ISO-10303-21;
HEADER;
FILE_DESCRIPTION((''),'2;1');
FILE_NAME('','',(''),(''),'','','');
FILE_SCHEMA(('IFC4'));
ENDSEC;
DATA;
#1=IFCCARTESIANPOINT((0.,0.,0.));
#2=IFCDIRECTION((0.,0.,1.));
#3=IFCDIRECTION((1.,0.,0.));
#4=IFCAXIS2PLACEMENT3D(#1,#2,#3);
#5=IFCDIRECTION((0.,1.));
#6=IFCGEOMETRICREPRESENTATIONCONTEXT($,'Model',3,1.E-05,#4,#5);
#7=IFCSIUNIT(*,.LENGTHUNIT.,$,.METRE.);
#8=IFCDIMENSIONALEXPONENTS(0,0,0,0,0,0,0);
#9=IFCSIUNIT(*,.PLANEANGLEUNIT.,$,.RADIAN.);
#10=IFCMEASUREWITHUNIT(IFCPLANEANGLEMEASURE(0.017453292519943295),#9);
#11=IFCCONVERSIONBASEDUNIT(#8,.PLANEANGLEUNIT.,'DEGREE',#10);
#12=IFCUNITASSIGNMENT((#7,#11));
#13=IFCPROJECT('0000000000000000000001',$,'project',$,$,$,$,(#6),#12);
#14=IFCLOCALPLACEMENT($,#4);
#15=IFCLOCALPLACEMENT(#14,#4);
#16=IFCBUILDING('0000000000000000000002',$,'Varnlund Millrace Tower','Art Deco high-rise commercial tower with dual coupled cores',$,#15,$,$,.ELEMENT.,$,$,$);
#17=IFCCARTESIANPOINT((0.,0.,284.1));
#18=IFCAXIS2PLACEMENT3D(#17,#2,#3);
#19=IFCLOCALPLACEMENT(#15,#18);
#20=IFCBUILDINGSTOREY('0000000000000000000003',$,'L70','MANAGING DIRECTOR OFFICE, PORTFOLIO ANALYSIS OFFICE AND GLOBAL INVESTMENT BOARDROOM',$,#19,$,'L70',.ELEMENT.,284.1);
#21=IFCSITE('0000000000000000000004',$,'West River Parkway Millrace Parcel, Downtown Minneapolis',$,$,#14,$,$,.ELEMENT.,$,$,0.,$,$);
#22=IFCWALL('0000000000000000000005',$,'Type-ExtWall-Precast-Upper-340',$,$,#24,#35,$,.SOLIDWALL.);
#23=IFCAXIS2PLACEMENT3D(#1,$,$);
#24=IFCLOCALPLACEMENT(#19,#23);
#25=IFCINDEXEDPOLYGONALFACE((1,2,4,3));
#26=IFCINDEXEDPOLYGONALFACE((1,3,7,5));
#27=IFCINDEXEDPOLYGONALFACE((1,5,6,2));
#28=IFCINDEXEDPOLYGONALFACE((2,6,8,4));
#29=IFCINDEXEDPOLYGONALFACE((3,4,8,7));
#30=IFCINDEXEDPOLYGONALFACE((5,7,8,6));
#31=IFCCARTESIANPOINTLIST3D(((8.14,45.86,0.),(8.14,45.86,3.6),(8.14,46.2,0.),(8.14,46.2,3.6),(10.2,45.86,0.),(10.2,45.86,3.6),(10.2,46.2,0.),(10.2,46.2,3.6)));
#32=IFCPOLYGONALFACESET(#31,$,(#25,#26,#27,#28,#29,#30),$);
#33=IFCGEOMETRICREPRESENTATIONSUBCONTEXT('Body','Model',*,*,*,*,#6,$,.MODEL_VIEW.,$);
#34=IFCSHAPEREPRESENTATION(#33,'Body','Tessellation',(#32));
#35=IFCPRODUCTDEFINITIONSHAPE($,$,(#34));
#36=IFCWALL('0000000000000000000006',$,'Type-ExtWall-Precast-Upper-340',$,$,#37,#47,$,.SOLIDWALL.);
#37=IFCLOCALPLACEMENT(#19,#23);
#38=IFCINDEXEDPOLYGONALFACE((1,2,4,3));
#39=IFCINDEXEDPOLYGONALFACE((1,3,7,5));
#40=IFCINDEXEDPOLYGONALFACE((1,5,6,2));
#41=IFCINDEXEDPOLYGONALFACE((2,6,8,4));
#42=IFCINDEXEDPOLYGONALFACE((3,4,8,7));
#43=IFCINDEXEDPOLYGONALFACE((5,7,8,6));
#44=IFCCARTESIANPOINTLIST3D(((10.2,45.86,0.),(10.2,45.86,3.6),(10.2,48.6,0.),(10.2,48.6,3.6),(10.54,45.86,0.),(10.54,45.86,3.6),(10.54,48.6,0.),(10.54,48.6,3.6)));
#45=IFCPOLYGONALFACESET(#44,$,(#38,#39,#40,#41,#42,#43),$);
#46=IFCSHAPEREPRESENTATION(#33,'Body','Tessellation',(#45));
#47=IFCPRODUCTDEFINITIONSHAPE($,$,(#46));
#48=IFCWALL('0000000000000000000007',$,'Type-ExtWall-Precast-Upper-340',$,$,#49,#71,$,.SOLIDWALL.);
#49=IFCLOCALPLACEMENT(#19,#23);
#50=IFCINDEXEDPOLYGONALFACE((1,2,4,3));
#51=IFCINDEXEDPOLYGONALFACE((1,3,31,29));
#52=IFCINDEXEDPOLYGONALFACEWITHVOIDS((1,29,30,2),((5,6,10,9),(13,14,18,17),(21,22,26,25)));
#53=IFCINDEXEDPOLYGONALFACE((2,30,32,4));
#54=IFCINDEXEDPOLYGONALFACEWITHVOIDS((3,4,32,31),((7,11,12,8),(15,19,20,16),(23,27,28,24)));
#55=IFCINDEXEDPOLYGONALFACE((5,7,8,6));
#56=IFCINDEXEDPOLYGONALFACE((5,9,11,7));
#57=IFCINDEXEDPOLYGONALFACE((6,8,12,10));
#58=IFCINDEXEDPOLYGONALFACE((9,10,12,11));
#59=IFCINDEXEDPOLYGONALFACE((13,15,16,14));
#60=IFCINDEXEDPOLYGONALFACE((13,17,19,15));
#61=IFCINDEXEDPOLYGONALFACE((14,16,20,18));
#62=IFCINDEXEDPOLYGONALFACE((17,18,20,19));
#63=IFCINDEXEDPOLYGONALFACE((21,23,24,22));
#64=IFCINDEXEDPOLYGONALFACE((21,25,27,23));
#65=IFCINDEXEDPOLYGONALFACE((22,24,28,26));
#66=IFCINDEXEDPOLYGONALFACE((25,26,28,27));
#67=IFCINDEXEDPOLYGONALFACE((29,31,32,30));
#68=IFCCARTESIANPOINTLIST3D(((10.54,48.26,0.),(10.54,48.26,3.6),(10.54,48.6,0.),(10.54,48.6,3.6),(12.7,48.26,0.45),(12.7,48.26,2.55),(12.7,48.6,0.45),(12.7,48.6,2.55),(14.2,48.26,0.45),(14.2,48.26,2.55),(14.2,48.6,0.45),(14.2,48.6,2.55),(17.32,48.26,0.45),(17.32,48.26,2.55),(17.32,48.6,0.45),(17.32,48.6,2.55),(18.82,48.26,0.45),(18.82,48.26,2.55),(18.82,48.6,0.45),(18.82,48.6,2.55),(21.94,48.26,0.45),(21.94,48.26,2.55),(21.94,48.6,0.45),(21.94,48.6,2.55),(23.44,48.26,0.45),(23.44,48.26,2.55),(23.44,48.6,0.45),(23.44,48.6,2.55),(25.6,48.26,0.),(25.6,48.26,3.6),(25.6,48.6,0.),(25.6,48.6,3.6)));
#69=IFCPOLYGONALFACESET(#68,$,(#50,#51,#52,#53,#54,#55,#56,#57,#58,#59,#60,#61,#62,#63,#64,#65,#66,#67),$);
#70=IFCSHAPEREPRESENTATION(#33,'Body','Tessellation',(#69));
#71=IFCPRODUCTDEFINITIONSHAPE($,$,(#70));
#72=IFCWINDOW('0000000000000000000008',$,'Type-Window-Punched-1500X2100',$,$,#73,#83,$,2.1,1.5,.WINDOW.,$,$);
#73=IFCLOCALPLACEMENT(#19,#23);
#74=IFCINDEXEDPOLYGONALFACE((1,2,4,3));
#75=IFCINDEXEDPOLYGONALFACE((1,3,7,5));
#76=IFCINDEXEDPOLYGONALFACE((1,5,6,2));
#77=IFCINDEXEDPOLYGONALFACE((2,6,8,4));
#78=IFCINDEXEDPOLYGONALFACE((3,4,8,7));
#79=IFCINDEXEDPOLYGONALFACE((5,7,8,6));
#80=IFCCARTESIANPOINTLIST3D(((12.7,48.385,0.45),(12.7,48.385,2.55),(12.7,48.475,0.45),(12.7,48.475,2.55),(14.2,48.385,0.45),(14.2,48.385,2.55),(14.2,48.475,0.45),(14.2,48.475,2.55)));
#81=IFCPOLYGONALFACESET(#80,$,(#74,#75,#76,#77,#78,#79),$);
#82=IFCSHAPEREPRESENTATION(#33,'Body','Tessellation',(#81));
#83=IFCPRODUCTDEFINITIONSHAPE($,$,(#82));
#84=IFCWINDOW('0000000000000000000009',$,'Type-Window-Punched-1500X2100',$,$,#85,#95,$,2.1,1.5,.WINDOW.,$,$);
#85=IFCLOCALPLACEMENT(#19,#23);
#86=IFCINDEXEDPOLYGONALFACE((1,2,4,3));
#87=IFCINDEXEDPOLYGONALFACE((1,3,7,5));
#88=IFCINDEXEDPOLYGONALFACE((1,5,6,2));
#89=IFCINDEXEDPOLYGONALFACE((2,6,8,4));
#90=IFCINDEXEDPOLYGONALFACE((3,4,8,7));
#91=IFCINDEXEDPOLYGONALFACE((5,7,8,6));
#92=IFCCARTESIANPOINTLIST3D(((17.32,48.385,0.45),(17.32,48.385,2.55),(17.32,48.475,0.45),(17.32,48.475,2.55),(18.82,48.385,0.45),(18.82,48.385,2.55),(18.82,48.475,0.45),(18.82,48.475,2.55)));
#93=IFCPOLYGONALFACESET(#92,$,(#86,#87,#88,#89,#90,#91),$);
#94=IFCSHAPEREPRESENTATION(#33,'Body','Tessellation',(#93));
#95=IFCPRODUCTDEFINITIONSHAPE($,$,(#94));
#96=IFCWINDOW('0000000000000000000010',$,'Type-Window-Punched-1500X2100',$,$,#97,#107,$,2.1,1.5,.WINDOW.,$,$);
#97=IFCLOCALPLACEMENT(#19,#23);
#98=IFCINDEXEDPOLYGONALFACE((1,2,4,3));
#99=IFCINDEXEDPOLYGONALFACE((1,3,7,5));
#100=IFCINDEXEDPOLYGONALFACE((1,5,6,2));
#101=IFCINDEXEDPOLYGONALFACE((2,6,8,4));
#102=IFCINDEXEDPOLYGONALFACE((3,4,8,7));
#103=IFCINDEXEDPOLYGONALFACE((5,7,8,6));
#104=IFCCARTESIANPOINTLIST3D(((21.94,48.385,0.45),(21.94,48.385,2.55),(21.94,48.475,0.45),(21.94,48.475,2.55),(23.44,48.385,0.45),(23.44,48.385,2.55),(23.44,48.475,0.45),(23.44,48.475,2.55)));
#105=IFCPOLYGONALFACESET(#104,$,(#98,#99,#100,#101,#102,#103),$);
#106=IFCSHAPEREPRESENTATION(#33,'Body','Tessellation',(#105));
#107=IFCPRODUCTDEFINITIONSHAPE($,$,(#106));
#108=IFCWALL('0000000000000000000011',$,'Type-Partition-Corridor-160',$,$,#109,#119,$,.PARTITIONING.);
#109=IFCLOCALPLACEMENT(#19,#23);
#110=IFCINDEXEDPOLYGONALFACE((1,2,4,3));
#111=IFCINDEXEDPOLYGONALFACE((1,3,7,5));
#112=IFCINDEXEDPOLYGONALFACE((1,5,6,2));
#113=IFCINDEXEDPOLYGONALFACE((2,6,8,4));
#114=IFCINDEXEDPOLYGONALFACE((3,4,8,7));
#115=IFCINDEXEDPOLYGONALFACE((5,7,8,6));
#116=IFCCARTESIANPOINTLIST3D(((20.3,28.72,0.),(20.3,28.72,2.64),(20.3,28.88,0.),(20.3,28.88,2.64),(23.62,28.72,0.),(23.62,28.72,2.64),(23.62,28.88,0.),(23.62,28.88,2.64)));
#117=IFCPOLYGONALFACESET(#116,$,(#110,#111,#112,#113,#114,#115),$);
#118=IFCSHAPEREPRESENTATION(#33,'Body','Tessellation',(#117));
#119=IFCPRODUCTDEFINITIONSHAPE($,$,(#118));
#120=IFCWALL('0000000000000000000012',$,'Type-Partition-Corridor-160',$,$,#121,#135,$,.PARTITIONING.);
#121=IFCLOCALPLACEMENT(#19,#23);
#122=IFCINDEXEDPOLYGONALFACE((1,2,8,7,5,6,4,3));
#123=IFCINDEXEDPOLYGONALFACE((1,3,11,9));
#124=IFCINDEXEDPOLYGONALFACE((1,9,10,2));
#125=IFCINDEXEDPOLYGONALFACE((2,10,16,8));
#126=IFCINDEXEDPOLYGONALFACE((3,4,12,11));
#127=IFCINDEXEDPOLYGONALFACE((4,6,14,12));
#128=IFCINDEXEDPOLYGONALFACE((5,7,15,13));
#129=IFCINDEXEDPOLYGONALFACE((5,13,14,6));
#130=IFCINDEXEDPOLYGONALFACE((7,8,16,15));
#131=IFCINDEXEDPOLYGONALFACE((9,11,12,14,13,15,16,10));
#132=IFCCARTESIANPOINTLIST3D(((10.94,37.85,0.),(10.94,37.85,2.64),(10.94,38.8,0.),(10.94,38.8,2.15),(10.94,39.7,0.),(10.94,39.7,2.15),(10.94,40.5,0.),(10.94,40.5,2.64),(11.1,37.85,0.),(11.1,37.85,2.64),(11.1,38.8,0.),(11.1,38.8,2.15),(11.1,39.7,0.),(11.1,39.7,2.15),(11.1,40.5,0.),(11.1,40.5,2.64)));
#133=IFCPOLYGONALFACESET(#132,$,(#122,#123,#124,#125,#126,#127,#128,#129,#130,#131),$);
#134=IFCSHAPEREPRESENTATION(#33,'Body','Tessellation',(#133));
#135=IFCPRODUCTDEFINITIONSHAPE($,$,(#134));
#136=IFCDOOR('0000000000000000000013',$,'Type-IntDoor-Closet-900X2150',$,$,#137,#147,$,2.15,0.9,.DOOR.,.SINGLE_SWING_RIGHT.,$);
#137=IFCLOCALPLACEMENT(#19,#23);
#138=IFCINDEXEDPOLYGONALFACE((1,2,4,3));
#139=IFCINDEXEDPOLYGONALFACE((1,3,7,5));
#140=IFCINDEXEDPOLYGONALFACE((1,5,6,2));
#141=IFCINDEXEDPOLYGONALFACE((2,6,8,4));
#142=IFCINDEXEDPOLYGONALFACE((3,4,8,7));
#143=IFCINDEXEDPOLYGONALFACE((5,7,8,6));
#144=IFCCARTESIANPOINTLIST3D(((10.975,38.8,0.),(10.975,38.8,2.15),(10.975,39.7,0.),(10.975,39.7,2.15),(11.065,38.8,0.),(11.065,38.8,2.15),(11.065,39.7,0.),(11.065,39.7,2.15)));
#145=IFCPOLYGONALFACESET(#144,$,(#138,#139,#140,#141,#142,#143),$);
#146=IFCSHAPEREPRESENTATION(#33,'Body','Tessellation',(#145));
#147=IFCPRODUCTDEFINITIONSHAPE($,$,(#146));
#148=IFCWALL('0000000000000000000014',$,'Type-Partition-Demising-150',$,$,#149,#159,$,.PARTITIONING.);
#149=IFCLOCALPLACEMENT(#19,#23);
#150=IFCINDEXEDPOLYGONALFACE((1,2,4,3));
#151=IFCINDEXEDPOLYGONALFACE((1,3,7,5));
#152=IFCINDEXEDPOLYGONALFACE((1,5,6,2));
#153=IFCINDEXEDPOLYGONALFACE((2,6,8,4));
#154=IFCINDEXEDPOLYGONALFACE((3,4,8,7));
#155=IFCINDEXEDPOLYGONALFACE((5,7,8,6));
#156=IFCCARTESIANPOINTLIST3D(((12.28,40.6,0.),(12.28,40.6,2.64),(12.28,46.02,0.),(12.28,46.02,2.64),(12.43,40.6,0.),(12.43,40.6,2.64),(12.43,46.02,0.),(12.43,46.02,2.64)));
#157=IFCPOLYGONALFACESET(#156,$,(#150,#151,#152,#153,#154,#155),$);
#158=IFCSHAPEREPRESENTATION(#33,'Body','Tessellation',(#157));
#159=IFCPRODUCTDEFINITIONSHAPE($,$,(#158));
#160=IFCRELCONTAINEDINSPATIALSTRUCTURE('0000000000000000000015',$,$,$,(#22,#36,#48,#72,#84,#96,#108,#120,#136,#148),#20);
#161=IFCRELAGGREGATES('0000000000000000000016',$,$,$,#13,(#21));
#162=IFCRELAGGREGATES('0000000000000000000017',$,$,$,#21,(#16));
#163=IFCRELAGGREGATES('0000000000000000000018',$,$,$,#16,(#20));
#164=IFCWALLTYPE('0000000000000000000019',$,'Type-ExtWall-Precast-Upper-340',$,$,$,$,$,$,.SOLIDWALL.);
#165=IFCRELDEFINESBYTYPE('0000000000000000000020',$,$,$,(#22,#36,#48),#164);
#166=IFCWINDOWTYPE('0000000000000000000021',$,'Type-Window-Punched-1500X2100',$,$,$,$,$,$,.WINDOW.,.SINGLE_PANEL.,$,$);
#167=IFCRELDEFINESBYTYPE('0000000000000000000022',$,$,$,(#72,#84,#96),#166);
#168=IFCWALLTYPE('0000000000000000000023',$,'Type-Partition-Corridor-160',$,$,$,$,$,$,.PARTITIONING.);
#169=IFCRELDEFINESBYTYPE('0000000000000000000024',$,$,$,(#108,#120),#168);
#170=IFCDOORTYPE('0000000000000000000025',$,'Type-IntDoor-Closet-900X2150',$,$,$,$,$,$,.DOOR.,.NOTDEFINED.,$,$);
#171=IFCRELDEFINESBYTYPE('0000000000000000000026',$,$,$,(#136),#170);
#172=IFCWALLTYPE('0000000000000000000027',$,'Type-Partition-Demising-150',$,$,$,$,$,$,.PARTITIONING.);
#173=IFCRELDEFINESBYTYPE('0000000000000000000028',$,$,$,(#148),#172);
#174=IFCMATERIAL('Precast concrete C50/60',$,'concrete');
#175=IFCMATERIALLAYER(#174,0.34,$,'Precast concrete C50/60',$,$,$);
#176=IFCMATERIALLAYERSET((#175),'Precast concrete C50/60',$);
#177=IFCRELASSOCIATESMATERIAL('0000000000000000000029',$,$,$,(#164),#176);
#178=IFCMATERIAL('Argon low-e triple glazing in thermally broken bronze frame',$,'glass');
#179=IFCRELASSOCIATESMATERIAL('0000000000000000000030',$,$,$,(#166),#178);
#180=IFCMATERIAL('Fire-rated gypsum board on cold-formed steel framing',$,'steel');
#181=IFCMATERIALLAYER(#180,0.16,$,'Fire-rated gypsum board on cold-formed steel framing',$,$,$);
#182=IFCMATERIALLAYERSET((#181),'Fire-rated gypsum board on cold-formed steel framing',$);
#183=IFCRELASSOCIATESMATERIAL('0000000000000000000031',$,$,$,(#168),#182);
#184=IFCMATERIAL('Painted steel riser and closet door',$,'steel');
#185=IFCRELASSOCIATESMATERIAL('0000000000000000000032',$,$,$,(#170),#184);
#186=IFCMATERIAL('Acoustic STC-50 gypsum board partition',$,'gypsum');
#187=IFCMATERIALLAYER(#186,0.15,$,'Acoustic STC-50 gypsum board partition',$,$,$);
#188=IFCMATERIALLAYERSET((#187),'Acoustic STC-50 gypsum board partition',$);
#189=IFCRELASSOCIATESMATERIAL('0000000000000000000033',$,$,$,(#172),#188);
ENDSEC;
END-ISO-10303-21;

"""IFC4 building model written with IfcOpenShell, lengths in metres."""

from ifc_helpers import new_model, entity, si_unit, converted_unit, direction, frame, origin_with_axes, origin_2d_with_axis, place, context, subcontext, project, spatial, polyline, rectangle, outline, extrude, material, layer, layer_set, type_object, element, fill, save


model = new_model("IFC4")

# Units and contexts
model_context = context("Model", 3, precision=1e-05, world=origin_with_axes(), true_north=direction((0.0, 1.0)))
body_context = subcontext(model_context, "Body", "Model", "MODEL_VIEW")
ifc_project = project(units=[si_unit("LENGTHUNIT", "METRE"), converted_unit("PLANEANGLEUNIT", "DEGREE", entity("IfcPlaneAngleMeasure", 0.017453292519943295), si_unit("PLANEANGLEUNIT", "RADIAN"), dimensions=[0, 0, 0, 0, 0, 0, 0])], contexts=[model_context])

# Site, building, storey
site_placement = place(None, origin_with_axes())
site = spatial("IfcSite", under=ifc_project, at=site_placement, Name="West River Parkway Millrace Parcel, Downtown Minneapolis", CompositionType="ELEMENT", RefElevation=0.0)
building_placement = place(site_placement, origin_with_axes())
building = spatial("IfcBuilding", under=site, at=building_placement, Name="Varnlund Millrace Tower", Description="Art Deco high-rise commercial tower with dual coupled cores", CompositionType="ELEMENT")
storey_placement = place(building_placement, frame((0.0, 0.0, 284.1), z_axis=(0.0, 0.0, 1.0), x_axis=(1.0, 0.0, 0.0)))
storey = spatial("IfcBuildingStorey", under=building, at=storey_placement, Name="L70", Description="MANAGING DIRECTOR OFFICE, PORTFOLIO ANALYSIS OFFICE AND GLOBAL INVESTMENT BOARDROOM", LongName="L70", CompositionType="ELEMENT", Elevation=284.1)

# Walls
ifc_material_1 = material(Name="Precast concrete C50/60", Category="concrete")
ifc_layer_1 = layer(ifc_material_1, 0.34, Name="Precast concrete C50/60")
ifc_layer_set_1 = layer_set([ifc_layer_1], Name="Precast concrete C50/60")
wall_type_1 = type_object("IfcWallType", Name="Type-ExtWall-Precast-Upper-340", PredefinedType="SOLIDWALL", material=ifc_layer_set_1)
wall_1_placement = place(storey_placement, frame((8.14, 46.03, 0.0), z_axis=(0.0, 0.0, 1.0), x_axis=(1.0, 0.0, 0.0)))
element("IfcWall", 1, at=wall_1_placement, inside=storey, type_object=wall_type_1, Name="Type-ExtWall-Precast-Upper-340", PredefinedType="SOLIDWALL", context=body_context, shape_type="SweptSolid", body=[
    extrude(outline(polyline([(0.0, -0.17), (2.06, -0.17), (2.06, 0.17), (0.0, 0.17), (0.0, -0.17)])), origin_with_axes(), (0.0, 0.0, 1.0), 3.6),
])
wall_2_placement = place(storey_placement, frame((10.37, 45.86, 0.0), z_axis=(0.0, 0.0, 1.0), x_axis=(0.0, 1.0, 0.0)))
element("IfcWall", 2, at=wall_2_placement, inside=storey, type_object=wall_type_1, Name="Type-ExtWall-Precast-Upper-340", PredefinedType="SOLIDWALL", context=body_context, shape_type="SweptSolid", body=[
    extrude(outline(polyline([(0.0, -0.17), (2.74, -0.17), (2.74, 0.17), (0.0, 0.17), (0.0, -0.17)])), origin_with_axes(), (0.0, 0.0, 1.0), 3.6),
])

# Wall, openings, windows
wall_3_placement = place(storey_placement, frame((10.54, 48.43, 0.0), z_axis=(0.0, 0.0, 1.0), x_axis=(1.0, 0.0, 0.0)))
wall_3 = element("IfcWall", 3, at=wall_3_placement, inside=storey, type_object=wall_type_1, Name="Type-ExtWall-Precast-Upper-340", PredefinedType="SOLIDWALL", context=body_context, shape_type="SweptSolid", body=[
    extrude(outline(polyline([(0.0, -0.17), (15.06, -0.17), (15.06, 0.17), (0.0, 0.17), (0.0, -0.17)])), origin_with_axes(), (0.0, 0.0, 1.0), 3.6),
])
opening_1_placement = place(wall_3_placement, frame((2.91, 0.0, 0.45), z_axis=(0.0, 0.0, 1.0), x_axis=(1.0, 0.0, 0.0)))
opening_1 = element("IfcOpeningElement", 4, at=opening_1_placement, cuts=wall_3, PredefinedType="OPENING", context=body_context, shape_type="SweptSolid", body=[
    extrude(rectangle(XDim=1.5, YDim=0.36, at=origin_2d_with_axis()), origin_with_axes(), (0.0, 0.0, 1.0), 2.1),
])
opening_2_placement = place(wall_3_placement, frame((7.53, 0.0, 0.45), z_axis=(0.0, 0.0, 1.0), x_axis=(1.0, 0.0, 0.0)))
opening_2 = element("IfcOpeningElement", 5, at=opening_2_placement, cuts=wall_3, PredefinedType="OPENING", context=body_context, shape_type="SweptSolid", body=[
    extrude(rectangle(XDim=1.5, YDim=0.36, at=origin_2d_with_axis()), origin_with_axes(), (0.0, 0.0, 1.0), 2.1),
])
opening_3_placement = place(wall_3_placement, frame((12.15, 0.0, 0.45), z_axis=(0.0, 0.0, 1.0), x_axis=(1.0, 0.0, 0.0)))
opening_3 = element("IfcOpeningElement", 6, at=opening_3_placement, cuts=wall_3, PredefinedType="OPENING", context=body_context, shape_type="SweptSolid", body=[
    extrude(rectangle(XDim=1.5, YDim=0.36, at=origin_2d_with_axis()), origin_with_axes(), (0.0, 0.0, 1.0), 2.1),
])
ifc_material_2 = material(Name="Argon low-e triple glazing in thermally broken bronze frame", Category="glass")
window_type = type_object("IfcWindowType", Name="Type-Window-Punched-1500X2100", PartitioningType="SINGLE_PANEL", PredefinedType="WINDOW", material=ifc_material_2)
window_1_placement = place(wall_3_placement, frame((2.91, 0.0, 0.45), z_axis=(0.0, 0.0, 1.0), x_axis=(1.0, 0.0, 0.0)))
window_1 = element("IfcWindow", 7, at=window_1_placement, inside=storey, type_object=window_type, Name="Type-Window-Punched-1500X2100", OverallHeight=2.1, OverallWidth=1.5, PredefinedType="WINDOW", context=body_context, shape_type="SweptSolid", body=[
    extrude(rectangle(XDim=1.5, YDim=0.09, at=origin_2d_with_axis()), origin_with_axes(), (0.0, 0.0, 1.0), 2.1),
])
fill(opening_1, window_1)
window_2_placement = place(wall_3_placement, frame((7.53, 0.0, 0.45), z_axis=(0.0, 0.0, 1.0), x_axis=(1.0, 0.0, 0.0)))
window_2 = element("IfcWindow", 8, at=window_2_placement, inside=storey, type_object=window_type, Name="Type-Window-Punched-1500X2100", OverallHeight=2.1, OverallWidth=1.5, PredefinedType="WINDOW", context=body_context, shape_type="SweptSolid", body=[
    extrude(rectangle(XDim=1.5, YDim=0.09, at=origin_2d_with_axis()), origin_with_axes(), (0.0, 0.0, 1.0), 2.1),
])
fill(opening_2, window_2)
window_3_placement = place(wall_3_placement, frame((12.15, 0.0, 0.45), z_axis=(0.0, 0.0, 1.0), x_axis=(1.0, 0.0, 0.0)))
window_3 = element("IfcWindow", 9, at=window_3_placement, inside=storey, type_object=window_type, Name="Type-Window-Punched-1500X2100", OverallHeight=2.1, OverallWidth=1.5, PredefinedType="WINDOW", context=body_context, shape_type="SweptSolid", body=[
    extrude(rectangle(XDim=1.5, YDim=0.09, at=origin_2d_with_axis()), origin_with_axes(), (0.0, 0.0, 1.0), 2.1),
])
fill(opening_3, window_3)

# Wall
ifc_material_3 = material(Name="Fire-rated gypsum board on cold-formed steel framing", Category="steel")
ifc_layer_2 = layer(ifc_material_3, 0.16, Name="Fire-rated gypsum board on cold-formed steel framing")
ifc_layer_set_2 = layer_set([ifc_layer_2], Name="Fire-rated gypsum board on cold-formed steel framing")
wall_type_2 = type_object("IfcWallType", Name="Type-Partition-Corridor-160", PredefinedType="PARTITIONING", material=ifc_layer_set_2)
wall_4_placement = place(storey_placement, frame((20.3, 28.8, 0.0), z_axis=(0.0, 0.0, 1.0), x_axis=(1.0, 0.0, 0.0)))
element("IfcWall", 10, at=wall_4_placement, inside=storey, type_object=wall_type_2, Name="Type-Partition-Corridor-160", PredefinedType="PARTITIONING", context=body_context, shape_type="SweptSolid", body=[
    extrude(outline(polyline([(0.0, -0.08), (3.32, -0.08), (3.32, 0.08), (0.0, 0.08), (0.0, -0.08)])), origin_with_axes(), (0.0, 0.0, 1.0), 2.64),
])

# Wall, opening, door
wall_5_placement = place(storey_placement, frame((11.02, 37.85, 0.0), z_axis=(0.0, 0.0, 1.0), x_axis=(0.0, 1.0, 0.0)))
wall_5 = element("IfcWall", 11, at=wall_5_placement, inside=storey, type_object=wall_type_2, Name="Type-Partition-Corridor-160", PredefinedType="PARTITIONING", context=body_context, shape_type="SweptSolid", body=[
    extrude(outline(polyline([(0.0, -0.08), (2.65, -0.08), (2.65, 0.08), (0.0, 0.08), (0.0, -0.08)])), origin_with_axes(), (0.0, 0.0, 1.0), 2.64),
])
opening_4_placement = place(wall_5_placement, frame((1.4, 0.0, 0.0), z_axis=(0.0, 0.0, 1.0), x_axis=(1.0, 0.0, 0.0)))
opening_4 = element("IfcOpeningElement", 12, at=opening_4_placement, cuts=wall_5, PredefinedType="OPENING", context=body_context, shape_type="SweptSolid", body=[
    extrude(rectangle(XDim=0.9, YDim=0.18, at=origin_2d_with_axis()), origin_with_axes(), (0.0, 0.0, 1.0), 2.15),
])
ifc_material_4 = material(Name="Painted steel riser and closet door", Category="steel")
door_type = type_object("IfcDoorType", Name="Type-IntDoor-Closet-900X2150", OperationType="NOTDEFINED", PredefinedType="DOOR", material=ifc_material_4)
door_1_placement = place(wall_5_placement, frame((1.4, 0.0, 0.0), z_axis=(0.0, 0.0, 1.0), x_axis=(1.0, 0.0, 0.0)))
door_1 = element("IfcDoor", 13, at=door_1_placement, inside=storey, type_object=door_type, Name="Type-IntDoor-Closet-900X2150", OperationType="SINGLE_SWING_RIGHT", OverallHeight=2.15, OverallWidth=0.9, PredefinedType="DOOR", context=body_context, shape_type="SweptSolid", body=[
    extrude(rectangle(XDim=0.9, YDim=0.09, at=origin_2d_with_axis()), origin_with_axes(), (0.0, 0.0, 1.0), 2.15),
])
fill(opening_4, door_1)

# Wall
ifc_material_5 = material(Name="Acoustic STC-50 gypsum board partition", Category="gypsum")
ifc_layer_3 = layer(ifc_material_5, 0.15, Name="Acoustic STC-50 gypsum board partition")
ifc_layer_set_3 = layer_set([ifc_layer_3], Name="Acoustic STC-50 gypsum board partition")
wall_type_3 = type_object("IfcWallType", Name="Type-Partition-Demising-150", PredefinedType="PARTITIONING", material=ifc_layer_set_3)
wall_6_placement = place(storey_placement, frame((12.355, 40.6, 0.0), z_axis=(0.0, 0.0, 1.0), x_axis=(0.0, 1.0, 0.0)))
element("IfcWall", 14, at=wall_6_placement, inside=storey, type_object=wall_type_3, Name="Type-Partition-Demising-150", PredefinedType="PARTITIONING", context=body_context, shape_type="SweptSolid", body=[
    extrude(outline(polyline([(0.0, -0.075), (5.42, -0.075), (5.42, 0.075), (0.0, 0.075), (0.0, -0.075)])), origin_with_axes(), (0.0, 0.0, 1.0), 2.64),
])

save(model, "model.ifc")
